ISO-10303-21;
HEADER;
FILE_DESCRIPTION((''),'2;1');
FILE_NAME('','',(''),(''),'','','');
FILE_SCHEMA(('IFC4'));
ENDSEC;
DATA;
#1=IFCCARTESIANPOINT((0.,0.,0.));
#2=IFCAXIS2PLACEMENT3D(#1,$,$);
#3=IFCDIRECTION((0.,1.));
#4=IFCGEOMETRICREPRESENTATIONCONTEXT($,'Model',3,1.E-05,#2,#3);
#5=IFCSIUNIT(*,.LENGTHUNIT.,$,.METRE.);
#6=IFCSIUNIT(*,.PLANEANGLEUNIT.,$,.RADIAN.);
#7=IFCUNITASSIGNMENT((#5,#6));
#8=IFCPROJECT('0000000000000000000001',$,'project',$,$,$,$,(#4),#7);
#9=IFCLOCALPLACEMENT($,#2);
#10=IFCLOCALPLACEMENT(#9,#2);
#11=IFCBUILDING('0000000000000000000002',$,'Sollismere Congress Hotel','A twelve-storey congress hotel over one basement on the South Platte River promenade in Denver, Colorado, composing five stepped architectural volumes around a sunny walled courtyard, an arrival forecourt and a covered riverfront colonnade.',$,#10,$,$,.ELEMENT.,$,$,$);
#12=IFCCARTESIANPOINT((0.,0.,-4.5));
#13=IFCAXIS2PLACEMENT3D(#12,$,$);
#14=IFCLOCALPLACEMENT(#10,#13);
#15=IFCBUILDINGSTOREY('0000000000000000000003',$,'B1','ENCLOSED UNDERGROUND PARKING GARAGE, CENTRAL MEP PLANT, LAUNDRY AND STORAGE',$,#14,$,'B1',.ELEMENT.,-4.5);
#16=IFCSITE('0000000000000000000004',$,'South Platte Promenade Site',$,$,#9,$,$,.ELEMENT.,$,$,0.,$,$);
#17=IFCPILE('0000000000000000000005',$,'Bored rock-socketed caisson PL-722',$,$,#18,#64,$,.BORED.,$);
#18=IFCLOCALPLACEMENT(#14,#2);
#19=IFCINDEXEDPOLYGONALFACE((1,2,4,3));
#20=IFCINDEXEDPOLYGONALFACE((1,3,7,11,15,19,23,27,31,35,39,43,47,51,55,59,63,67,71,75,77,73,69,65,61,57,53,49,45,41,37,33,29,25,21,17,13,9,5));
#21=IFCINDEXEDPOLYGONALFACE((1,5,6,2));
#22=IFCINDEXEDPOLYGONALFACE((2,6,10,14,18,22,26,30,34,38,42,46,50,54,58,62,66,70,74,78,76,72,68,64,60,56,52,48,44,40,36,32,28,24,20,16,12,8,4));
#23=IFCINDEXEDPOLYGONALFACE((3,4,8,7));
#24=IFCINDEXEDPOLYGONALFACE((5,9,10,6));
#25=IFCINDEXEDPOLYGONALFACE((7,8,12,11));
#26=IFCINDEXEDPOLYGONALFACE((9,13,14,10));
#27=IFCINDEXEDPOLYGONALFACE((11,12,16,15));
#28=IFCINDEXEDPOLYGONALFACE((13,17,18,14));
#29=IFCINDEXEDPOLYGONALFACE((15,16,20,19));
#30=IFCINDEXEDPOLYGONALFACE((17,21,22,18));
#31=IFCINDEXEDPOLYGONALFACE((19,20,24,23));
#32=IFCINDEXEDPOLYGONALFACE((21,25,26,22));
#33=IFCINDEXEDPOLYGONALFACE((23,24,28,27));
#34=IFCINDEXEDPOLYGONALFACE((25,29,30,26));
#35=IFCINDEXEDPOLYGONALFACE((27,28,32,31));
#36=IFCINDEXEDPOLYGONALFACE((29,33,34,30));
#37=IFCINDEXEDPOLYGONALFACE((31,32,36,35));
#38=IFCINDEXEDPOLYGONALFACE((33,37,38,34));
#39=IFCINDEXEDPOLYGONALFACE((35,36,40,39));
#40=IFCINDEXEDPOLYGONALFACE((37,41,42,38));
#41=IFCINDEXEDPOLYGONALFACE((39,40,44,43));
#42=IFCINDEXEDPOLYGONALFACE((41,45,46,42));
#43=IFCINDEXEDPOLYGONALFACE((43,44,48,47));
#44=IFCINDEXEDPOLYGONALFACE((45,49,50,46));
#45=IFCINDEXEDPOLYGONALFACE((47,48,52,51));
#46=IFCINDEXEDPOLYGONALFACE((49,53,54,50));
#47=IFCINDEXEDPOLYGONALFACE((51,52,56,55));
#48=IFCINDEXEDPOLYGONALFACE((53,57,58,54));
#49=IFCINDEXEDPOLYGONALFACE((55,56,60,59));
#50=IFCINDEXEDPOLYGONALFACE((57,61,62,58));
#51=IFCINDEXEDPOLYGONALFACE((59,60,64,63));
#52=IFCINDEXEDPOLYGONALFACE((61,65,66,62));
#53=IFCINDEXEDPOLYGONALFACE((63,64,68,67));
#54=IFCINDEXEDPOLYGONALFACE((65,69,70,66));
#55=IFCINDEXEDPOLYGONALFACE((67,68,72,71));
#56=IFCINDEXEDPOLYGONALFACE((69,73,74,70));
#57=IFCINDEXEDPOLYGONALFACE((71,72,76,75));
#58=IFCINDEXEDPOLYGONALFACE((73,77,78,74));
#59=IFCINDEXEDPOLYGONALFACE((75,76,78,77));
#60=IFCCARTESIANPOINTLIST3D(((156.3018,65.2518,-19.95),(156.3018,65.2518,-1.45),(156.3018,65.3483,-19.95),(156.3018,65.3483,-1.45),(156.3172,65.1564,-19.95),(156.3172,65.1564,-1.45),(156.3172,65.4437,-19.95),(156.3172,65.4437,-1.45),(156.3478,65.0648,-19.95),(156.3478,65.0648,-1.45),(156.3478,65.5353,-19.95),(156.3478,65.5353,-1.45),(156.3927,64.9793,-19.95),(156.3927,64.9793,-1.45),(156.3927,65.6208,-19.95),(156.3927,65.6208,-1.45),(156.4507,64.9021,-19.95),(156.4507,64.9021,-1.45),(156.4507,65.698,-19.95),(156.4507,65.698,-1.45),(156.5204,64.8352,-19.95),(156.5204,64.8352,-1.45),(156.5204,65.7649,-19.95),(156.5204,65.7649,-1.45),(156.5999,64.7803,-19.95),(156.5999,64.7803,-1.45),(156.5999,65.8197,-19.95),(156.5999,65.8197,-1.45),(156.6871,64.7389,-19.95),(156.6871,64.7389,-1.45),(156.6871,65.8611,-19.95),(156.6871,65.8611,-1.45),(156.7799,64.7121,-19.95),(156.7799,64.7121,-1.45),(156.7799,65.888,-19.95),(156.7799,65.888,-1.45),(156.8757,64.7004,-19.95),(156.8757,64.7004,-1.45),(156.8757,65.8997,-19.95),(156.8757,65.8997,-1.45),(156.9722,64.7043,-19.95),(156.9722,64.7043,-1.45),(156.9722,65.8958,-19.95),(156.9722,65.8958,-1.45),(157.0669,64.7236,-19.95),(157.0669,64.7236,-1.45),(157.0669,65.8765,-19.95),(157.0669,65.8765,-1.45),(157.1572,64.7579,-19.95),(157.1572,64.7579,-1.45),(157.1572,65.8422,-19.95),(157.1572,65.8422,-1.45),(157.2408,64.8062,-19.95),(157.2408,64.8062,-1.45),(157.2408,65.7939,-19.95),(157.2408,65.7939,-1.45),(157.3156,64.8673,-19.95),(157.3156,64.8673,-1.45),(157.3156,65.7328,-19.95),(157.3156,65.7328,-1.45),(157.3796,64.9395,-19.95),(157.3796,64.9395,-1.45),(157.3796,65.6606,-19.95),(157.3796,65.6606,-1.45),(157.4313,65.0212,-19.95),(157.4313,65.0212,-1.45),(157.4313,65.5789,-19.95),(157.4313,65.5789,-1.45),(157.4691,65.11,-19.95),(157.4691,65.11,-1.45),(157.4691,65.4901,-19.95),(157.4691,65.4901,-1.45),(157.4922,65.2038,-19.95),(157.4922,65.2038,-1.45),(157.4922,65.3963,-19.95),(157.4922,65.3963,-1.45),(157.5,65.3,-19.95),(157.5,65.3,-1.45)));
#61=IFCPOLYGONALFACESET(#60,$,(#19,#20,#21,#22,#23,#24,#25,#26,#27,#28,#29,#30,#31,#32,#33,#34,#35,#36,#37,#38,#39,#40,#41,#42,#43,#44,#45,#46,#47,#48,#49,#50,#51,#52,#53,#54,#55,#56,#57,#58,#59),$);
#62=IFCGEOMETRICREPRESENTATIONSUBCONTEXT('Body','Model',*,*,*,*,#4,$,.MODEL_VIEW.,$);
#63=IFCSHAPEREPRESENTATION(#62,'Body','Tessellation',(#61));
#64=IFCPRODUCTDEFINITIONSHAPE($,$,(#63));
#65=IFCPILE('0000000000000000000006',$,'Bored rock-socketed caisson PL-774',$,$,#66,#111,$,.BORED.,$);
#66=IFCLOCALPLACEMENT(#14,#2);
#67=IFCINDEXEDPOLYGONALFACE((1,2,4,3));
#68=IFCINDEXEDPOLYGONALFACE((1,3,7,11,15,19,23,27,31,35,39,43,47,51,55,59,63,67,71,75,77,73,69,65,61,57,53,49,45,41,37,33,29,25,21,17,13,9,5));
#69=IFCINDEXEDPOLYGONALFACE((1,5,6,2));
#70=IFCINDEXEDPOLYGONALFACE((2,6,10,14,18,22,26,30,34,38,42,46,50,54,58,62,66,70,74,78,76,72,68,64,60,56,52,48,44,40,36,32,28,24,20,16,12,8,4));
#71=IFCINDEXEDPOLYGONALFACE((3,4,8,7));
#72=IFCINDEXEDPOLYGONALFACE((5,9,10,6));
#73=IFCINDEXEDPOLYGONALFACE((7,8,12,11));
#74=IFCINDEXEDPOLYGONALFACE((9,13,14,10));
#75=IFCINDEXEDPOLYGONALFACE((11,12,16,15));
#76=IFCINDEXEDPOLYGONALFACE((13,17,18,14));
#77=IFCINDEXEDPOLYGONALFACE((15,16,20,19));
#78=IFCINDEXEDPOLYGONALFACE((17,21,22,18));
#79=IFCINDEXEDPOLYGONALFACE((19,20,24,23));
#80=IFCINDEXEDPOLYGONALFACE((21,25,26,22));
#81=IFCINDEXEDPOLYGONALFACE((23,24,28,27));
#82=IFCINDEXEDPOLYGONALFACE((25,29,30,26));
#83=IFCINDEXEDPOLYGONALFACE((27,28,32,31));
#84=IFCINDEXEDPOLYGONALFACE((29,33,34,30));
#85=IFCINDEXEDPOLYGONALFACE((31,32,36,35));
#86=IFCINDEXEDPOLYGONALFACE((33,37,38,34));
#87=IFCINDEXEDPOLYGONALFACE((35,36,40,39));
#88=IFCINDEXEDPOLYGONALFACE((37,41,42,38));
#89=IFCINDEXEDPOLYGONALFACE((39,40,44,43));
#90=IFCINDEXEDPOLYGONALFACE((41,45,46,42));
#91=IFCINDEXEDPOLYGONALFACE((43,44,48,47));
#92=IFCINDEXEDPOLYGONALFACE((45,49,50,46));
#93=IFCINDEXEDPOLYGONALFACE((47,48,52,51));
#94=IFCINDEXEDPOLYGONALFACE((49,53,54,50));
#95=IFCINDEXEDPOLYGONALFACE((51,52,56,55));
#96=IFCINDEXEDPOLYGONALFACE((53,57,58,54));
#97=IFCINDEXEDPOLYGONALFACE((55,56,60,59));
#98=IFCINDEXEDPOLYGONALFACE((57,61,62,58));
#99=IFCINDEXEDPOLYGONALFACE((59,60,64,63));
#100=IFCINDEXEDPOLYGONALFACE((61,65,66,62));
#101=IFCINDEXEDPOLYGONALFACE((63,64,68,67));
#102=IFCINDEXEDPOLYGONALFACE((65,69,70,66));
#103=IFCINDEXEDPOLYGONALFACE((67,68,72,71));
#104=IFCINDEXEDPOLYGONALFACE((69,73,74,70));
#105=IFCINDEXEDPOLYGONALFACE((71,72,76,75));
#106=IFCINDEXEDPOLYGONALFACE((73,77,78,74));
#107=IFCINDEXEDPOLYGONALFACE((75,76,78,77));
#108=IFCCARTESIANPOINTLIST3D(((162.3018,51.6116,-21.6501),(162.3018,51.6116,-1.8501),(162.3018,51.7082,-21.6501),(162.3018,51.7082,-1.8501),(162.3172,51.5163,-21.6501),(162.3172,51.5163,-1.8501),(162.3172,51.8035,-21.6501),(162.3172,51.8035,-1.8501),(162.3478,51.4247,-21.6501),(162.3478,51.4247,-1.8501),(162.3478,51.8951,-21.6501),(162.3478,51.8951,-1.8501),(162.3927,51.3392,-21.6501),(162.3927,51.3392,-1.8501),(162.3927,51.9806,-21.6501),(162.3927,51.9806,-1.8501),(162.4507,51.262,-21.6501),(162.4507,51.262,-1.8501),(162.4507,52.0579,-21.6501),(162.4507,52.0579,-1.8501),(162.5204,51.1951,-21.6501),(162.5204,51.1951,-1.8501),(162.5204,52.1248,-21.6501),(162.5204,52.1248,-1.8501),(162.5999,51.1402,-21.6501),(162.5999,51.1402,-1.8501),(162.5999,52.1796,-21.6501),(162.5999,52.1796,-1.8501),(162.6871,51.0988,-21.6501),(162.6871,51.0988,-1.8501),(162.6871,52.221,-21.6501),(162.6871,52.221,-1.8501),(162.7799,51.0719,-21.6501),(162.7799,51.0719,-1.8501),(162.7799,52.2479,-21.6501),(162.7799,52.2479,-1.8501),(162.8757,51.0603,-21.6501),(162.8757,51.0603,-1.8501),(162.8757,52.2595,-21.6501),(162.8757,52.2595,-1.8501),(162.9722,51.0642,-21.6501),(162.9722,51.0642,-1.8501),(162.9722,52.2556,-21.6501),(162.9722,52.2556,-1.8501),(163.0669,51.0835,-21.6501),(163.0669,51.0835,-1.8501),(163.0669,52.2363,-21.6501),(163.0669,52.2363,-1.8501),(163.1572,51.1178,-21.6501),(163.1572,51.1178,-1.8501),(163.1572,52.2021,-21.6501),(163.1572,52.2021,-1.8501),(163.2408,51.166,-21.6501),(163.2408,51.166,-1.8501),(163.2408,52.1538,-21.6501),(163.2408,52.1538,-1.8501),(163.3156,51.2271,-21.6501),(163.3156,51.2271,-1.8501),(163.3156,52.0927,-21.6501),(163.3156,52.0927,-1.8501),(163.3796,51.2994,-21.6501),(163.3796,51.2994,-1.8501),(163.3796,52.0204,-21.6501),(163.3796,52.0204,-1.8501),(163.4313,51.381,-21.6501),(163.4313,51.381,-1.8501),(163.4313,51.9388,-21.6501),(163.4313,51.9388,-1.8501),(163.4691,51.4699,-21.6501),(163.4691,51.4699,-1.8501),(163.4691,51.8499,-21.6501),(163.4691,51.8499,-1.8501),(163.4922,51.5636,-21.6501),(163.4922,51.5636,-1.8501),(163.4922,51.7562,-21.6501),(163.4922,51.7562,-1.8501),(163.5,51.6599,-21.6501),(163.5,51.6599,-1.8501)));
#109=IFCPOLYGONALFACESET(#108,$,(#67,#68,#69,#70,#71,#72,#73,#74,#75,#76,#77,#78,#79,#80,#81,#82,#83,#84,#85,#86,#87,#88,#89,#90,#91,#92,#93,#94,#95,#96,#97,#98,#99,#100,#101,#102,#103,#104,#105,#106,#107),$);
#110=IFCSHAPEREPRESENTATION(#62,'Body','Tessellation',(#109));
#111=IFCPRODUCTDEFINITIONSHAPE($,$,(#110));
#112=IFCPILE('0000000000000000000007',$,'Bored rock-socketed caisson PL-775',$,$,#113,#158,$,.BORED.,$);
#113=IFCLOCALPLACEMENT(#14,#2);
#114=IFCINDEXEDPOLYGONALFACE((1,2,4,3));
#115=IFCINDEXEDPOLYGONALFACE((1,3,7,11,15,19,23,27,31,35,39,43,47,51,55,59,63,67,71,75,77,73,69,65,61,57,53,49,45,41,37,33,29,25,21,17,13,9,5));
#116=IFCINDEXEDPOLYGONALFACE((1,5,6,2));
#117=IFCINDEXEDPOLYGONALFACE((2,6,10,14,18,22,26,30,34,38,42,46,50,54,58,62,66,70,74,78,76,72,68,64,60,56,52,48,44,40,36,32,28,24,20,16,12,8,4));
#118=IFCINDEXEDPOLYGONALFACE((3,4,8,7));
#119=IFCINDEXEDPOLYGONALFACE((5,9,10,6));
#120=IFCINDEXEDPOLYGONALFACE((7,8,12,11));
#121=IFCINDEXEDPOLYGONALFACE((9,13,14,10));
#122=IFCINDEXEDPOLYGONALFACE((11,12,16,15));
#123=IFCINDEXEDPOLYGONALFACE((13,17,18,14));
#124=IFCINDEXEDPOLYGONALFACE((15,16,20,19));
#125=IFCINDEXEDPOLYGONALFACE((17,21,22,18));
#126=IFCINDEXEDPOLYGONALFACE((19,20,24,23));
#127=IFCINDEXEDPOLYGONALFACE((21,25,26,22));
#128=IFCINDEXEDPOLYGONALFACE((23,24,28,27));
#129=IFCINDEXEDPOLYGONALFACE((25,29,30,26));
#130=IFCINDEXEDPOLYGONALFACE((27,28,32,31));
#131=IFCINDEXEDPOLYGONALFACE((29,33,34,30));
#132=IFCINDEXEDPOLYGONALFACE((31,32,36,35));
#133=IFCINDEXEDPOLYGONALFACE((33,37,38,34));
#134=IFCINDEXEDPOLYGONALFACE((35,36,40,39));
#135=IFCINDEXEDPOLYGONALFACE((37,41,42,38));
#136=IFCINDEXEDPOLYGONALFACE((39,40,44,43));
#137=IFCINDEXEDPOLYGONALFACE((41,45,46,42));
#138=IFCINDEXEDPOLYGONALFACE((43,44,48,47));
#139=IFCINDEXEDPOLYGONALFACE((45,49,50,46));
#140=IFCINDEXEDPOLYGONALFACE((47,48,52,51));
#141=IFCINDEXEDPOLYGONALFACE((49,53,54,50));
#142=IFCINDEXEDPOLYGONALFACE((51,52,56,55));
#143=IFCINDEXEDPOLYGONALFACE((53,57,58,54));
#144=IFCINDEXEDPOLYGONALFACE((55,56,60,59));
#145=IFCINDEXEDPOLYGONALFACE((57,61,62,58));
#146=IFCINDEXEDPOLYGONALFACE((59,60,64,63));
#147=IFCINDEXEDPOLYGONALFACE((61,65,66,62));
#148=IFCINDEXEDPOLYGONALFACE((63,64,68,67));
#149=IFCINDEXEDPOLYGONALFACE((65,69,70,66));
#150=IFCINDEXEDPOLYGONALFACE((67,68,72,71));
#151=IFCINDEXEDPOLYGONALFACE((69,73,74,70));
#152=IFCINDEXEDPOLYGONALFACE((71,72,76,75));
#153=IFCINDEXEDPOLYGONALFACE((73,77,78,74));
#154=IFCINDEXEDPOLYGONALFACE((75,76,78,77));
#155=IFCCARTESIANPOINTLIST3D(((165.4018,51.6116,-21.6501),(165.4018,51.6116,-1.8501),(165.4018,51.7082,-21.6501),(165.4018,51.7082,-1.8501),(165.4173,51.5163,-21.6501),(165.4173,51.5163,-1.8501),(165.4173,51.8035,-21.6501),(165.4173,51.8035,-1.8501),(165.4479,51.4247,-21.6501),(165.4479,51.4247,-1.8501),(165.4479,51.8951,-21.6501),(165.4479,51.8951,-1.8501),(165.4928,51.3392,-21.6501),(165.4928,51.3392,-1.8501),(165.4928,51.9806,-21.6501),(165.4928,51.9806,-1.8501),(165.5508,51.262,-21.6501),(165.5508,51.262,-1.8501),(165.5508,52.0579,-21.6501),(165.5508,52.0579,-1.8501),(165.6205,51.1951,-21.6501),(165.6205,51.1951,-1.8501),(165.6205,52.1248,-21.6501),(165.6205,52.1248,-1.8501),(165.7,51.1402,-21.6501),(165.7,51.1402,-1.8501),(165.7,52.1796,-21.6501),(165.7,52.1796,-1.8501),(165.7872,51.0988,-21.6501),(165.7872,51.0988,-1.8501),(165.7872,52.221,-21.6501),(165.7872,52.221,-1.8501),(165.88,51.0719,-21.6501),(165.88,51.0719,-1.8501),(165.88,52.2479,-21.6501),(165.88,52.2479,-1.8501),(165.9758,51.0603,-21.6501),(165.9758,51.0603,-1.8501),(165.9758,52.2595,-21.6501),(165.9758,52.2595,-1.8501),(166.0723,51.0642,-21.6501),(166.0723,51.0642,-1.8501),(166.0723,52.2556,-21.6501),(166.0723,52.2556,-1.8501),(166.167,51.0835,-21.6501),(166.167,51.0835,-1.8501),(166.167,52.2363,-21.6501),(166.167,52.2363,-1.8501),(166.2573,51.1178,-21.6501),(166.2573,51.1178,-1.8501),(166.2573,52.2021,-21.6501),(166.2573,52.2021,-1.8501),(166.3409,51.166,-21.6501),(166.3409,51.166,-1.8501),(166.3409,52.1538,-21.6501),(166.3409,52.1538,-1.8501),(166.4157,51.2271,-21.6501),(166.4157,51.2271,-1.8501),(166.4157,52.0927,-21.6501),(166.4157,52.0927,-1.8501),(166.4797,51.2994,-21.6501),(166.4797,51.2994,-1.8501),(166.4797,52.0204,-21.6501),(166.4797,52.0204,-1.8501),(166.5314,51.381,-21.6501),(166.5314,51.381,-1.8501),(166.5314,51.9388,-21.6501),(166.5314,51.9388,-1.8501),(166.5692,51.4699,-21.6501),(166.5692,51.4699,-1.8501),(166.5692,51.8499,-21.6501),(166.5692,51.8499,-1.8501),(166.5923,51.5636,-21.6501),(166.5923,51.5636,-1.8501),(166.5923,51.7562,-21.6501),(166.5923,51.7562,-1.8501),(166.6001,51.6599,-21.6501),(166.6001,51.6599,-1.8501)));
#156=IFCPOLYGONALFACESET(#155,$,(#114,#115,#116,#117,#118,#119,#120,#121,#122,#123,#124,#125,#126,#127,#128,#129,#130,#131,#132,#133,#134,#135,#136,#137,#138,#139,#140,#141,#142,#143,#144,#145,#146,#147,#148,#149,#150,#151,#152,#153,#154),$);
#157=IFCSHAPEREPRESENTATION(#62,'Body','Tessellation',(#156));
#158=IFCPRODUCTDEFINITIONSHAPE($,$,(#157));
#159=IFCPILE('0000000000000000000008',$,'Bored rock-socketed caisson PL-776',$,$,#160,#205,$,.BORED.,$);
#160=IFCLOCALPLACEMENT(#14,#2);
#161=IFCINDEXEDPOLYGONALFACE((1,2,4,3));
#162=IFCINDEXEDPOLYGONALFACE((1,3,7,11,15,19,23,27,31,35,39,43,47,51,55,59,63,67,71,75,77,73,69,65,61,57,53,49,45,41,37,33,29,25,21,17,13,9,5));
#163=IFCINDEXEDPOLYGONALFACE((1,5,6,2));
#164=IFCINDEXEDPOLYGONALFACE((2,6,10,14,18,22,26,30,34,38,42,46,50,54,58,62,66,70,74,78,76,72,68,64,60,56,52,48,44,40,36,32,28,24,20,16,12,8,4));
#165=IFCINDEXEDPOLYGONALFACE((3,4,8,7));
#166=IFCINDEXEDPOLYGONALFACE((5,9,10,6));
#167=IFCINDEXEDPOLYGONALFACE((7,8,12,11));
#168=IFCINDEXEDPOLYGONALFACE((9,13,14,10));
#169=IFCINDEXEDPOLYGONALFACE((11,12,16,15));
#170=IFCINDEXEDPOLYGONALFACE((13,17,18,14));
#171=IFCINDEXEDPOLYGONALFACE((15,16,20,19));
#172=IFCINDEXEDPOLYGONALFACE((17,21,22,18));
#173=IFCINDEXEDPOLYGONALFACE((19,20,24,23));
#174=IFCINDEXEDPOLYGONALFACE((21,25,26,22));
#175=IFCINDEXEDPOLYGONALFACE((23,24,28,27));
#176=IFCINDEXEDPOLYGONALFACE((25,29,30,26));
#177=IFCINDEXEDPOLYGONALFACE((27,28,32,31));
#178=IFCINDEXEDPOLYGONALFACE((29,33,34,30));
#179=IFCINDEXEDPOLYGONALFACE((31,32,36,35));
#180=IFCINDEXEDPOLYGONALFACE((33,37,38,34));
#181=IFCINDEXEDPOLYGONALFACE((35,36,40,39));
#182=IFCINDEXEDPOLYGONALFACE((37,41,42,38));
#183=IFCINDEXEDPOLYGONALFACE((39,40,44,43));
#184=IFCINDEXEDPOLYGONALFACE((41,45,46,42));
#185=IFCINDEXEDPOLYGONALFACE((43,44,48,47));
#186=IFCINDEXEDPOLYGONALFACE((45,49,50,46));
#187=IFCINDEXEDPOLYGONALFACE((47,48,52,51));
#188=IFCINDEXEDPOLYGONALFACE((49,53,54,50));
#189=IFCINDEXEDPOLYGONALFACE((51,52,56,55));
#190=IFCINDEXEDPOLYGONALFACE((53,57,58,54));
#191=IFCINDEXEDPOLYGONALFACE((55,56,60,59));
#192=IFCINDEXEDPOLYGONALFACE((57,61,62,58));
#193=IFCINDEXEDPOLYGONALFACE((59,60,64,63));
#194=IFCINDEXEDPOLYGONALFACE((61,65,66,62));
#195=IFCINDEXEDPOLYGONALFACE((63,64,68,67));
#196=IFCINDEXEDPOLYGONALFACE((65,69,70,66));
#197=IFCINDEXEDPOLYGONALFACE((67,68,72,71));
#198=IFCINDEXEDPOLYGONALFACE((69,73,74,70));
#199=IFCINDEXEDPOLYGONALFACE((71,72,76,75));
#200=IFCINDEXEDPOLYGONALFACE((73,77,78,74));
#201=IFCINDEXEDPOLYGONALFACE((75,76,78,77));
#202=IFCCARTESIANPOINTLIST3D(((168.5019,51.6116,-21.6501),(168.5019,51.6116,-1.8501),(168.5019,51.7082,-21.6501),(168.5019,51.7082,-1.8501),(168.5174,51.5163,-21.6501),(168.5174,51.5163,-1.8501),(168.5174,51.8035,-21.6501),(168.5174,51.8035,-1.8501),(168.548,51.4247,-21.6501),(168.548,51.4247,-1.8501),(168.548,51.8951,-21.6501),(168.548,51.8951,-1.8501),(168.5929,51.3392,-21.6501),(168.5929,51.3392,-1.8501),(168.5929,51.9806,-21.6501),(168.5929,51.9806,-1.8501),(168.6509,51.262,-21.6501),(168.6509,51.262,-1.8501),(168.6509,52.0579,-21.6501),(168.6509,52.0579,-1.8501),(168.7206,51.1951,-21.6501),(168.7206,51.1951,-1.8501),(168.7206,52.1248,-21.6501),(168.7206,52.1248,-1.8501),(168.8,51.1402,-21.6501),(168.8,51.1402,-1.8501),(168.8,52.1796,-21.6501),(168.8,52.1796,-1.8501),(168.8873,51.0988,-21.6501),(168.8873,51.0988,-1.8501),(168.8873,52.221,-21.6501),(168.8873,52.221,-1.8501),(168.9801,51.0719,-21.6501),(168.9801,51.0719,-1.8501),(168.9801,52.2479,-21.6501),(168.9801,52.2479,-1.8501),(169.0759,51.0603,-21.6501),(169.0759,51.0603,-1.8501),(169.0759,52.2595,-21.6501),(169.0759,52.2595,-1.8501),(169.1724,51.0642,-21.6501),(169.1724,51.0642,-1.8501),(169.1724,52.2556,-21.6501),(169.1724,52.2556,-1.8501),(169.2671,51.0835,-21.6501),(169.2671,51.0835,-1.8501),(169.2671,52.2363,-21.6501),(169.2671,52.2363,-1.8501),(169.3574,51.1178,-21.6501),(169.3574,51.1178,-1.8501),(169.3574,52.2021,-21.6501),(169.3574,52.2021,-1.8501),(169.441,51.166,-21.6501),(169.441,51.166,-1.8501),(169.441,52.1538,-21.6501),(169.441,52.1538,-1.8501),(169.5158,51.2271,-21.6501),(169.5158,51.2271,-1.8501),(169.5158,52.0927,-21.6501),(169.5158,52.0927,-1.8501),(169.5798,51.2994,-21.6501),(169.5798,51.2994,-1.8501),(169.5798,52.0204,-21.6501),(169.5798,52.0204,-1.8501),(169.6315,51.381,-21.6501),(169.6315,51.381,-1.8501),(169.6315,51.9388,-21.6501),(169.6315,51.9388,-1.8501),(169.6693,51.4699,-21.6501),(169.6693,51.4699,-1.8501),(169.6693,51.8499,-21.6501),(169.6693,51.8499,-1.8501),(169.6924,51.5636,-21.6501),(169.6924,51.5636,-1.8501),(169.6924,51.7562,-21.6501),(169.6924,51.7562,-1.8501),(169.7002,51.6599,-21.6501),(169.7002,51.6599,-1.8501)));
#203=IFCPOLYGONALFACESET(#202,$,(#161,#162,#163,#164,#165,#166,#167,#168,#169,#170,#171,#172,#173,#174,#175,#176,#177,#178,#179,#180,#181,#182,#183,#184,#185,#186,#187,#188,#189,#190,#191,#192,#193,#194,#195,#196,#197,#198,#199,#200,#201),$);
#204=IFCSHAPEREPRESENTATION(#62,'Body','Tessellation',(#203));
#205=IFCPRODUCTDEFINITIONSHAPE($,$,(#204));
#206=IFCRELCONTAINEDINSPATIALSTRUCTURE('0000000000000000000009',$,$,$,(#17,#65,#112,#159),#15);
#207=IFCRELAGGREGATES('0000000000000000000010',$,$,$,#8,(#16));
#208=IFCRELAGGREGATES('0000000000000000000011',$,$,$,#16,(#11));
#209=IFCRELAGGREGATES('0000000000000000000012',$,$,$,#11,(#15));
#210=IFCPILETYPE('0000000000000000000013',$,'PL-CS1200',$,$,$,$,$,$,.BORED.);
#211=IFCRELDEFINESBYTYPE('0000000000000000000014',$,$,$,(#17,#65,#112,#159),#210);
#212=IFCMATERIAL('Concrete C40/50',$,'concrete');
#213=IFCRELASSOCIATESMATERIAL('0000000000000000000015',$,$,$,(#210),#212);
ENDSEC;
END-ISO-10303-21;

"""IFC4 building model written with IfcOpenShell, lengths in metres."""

from ifc_helpers import new_model, si_unit, direction, frame, origin, origin_2d, place, context, subcontext, project, spatial, circle, extrude, material, material_profile, profile_set, type_object, element, save


model = new_model("IFC4")

# Units and contexts
model_context = context("Model", 3, precision=1e-05, world=origin(), true_north=direction((0.0, 1.0)))
body_context = subcontext(model_context, "Body", "Model", "MODEL_VIEW")
ifc_project = project(units=[si_unit("LENGTHUNIT", "METRE"), si_unit("PLANEANGLEUNIT", "RADIAN")], contexts=[model_context])

# Site, building, storey
site_placement = place(None, origin())
site = spatial("IfcSite", under=ifc_project, at=site_placement, Name="South Platte Promenade Site", CompositionType="ELEMENT", RefElevation=0.0)
building_placement = place(site_placement, origin())
building = spatial("IfcBuilding", under=site, at=building_placement, Name="Sollismere Congress Hotel", Description="A twelve-storey congress hotel over one basement on the South Platte River promenade in Denver, Colorado, composing five stepped architectural volumes around a sunny walled courtyard, an arrival forecourt and a covered riverfront colonnade.", CompositionType="ELEMENT")
storey_placement = place(building_placement, frame((0.0, 0.0, -4.5)))
storey = spatial("IfcBuildingStorey", under=building, at=storey_placement, Name="B1", Description="ENCLOSED UNDERGROUND PARKING GARAGE, CENTRAL MEP PLANT, LAUNDRY AND STORAGE", LongName="B1", CompositionType="ELEMENT", Elevation=-4.5)

# Shared definitions
ifc_material_1 = material(Name="Concrete C40/50", Category="concrete")

# Piles
ifc_material_profile_1 = material_profile(ifc_material_1, circle(Radius=0.6001, at=origin_2d()), Name="CAISSON1200")
ifc_profile_set_1 = profile_set([ifc_material_profile_1], Name="Concrete C40/50")
pile_type = type_object("IfcPileType", Name="PL-CS1200", PredefinedType="BORED", material=ifc_profile_set_1)
pile_placement = place(storey_placement, frame((156.8999, 65.3, -1.45), z_axis=(0.0, 0.0, -1.0), x_axis=(1.0, 0.0, 0.0)))
element("IfcPile", 1, at=pile_placement, inside=storey, type_object=pile_type, Name="Bored rock-socketed caisson PL-722", PredefinedType="BORED", context=body_context, shape_type="SweptSolid", body=[
    extrude(circle(Radius=0.6001, at=origin_2d()), origin(), (0.0, 0.0, 1.0), 18.5),
])
for number, where, z_axis, x_axis, name in (
    (2, (162.8999, 51.6599, -1.8501), (0.0, 0.0, -1.0), (1.0, 0.0, 0.0), "Bored rock-socketed caisson PL-774"),
    (3, (166.0, 51.6599, -1.8501), (0.0, 0.0, -1.0), (1.0, 0.0, 0.0), "Bored rock-socketed caisson PL-775"),
    (4, (169.1001, 51.6599, -1.8501), (0.0, 0.0, -1.0), (1.0, 0.0, 0.0), "Bored rock-socketed caisson PL-776"),
):
    element("IfcPile", number, at=place(storey_placement, frame(where, z_axis=z_axis, x_axis=x_axis)), inside=storey, type_object=pile_type, Name=name, PredefinedType="BORED", context=body_context, shape_type="SweptSolid", body=[
        extrude(circle(Radius=0.6001, at=origin_2d()), origin(), (0.0, 0.0, 1.0), 19.8),
    ])

save(model, "model.ifc")
